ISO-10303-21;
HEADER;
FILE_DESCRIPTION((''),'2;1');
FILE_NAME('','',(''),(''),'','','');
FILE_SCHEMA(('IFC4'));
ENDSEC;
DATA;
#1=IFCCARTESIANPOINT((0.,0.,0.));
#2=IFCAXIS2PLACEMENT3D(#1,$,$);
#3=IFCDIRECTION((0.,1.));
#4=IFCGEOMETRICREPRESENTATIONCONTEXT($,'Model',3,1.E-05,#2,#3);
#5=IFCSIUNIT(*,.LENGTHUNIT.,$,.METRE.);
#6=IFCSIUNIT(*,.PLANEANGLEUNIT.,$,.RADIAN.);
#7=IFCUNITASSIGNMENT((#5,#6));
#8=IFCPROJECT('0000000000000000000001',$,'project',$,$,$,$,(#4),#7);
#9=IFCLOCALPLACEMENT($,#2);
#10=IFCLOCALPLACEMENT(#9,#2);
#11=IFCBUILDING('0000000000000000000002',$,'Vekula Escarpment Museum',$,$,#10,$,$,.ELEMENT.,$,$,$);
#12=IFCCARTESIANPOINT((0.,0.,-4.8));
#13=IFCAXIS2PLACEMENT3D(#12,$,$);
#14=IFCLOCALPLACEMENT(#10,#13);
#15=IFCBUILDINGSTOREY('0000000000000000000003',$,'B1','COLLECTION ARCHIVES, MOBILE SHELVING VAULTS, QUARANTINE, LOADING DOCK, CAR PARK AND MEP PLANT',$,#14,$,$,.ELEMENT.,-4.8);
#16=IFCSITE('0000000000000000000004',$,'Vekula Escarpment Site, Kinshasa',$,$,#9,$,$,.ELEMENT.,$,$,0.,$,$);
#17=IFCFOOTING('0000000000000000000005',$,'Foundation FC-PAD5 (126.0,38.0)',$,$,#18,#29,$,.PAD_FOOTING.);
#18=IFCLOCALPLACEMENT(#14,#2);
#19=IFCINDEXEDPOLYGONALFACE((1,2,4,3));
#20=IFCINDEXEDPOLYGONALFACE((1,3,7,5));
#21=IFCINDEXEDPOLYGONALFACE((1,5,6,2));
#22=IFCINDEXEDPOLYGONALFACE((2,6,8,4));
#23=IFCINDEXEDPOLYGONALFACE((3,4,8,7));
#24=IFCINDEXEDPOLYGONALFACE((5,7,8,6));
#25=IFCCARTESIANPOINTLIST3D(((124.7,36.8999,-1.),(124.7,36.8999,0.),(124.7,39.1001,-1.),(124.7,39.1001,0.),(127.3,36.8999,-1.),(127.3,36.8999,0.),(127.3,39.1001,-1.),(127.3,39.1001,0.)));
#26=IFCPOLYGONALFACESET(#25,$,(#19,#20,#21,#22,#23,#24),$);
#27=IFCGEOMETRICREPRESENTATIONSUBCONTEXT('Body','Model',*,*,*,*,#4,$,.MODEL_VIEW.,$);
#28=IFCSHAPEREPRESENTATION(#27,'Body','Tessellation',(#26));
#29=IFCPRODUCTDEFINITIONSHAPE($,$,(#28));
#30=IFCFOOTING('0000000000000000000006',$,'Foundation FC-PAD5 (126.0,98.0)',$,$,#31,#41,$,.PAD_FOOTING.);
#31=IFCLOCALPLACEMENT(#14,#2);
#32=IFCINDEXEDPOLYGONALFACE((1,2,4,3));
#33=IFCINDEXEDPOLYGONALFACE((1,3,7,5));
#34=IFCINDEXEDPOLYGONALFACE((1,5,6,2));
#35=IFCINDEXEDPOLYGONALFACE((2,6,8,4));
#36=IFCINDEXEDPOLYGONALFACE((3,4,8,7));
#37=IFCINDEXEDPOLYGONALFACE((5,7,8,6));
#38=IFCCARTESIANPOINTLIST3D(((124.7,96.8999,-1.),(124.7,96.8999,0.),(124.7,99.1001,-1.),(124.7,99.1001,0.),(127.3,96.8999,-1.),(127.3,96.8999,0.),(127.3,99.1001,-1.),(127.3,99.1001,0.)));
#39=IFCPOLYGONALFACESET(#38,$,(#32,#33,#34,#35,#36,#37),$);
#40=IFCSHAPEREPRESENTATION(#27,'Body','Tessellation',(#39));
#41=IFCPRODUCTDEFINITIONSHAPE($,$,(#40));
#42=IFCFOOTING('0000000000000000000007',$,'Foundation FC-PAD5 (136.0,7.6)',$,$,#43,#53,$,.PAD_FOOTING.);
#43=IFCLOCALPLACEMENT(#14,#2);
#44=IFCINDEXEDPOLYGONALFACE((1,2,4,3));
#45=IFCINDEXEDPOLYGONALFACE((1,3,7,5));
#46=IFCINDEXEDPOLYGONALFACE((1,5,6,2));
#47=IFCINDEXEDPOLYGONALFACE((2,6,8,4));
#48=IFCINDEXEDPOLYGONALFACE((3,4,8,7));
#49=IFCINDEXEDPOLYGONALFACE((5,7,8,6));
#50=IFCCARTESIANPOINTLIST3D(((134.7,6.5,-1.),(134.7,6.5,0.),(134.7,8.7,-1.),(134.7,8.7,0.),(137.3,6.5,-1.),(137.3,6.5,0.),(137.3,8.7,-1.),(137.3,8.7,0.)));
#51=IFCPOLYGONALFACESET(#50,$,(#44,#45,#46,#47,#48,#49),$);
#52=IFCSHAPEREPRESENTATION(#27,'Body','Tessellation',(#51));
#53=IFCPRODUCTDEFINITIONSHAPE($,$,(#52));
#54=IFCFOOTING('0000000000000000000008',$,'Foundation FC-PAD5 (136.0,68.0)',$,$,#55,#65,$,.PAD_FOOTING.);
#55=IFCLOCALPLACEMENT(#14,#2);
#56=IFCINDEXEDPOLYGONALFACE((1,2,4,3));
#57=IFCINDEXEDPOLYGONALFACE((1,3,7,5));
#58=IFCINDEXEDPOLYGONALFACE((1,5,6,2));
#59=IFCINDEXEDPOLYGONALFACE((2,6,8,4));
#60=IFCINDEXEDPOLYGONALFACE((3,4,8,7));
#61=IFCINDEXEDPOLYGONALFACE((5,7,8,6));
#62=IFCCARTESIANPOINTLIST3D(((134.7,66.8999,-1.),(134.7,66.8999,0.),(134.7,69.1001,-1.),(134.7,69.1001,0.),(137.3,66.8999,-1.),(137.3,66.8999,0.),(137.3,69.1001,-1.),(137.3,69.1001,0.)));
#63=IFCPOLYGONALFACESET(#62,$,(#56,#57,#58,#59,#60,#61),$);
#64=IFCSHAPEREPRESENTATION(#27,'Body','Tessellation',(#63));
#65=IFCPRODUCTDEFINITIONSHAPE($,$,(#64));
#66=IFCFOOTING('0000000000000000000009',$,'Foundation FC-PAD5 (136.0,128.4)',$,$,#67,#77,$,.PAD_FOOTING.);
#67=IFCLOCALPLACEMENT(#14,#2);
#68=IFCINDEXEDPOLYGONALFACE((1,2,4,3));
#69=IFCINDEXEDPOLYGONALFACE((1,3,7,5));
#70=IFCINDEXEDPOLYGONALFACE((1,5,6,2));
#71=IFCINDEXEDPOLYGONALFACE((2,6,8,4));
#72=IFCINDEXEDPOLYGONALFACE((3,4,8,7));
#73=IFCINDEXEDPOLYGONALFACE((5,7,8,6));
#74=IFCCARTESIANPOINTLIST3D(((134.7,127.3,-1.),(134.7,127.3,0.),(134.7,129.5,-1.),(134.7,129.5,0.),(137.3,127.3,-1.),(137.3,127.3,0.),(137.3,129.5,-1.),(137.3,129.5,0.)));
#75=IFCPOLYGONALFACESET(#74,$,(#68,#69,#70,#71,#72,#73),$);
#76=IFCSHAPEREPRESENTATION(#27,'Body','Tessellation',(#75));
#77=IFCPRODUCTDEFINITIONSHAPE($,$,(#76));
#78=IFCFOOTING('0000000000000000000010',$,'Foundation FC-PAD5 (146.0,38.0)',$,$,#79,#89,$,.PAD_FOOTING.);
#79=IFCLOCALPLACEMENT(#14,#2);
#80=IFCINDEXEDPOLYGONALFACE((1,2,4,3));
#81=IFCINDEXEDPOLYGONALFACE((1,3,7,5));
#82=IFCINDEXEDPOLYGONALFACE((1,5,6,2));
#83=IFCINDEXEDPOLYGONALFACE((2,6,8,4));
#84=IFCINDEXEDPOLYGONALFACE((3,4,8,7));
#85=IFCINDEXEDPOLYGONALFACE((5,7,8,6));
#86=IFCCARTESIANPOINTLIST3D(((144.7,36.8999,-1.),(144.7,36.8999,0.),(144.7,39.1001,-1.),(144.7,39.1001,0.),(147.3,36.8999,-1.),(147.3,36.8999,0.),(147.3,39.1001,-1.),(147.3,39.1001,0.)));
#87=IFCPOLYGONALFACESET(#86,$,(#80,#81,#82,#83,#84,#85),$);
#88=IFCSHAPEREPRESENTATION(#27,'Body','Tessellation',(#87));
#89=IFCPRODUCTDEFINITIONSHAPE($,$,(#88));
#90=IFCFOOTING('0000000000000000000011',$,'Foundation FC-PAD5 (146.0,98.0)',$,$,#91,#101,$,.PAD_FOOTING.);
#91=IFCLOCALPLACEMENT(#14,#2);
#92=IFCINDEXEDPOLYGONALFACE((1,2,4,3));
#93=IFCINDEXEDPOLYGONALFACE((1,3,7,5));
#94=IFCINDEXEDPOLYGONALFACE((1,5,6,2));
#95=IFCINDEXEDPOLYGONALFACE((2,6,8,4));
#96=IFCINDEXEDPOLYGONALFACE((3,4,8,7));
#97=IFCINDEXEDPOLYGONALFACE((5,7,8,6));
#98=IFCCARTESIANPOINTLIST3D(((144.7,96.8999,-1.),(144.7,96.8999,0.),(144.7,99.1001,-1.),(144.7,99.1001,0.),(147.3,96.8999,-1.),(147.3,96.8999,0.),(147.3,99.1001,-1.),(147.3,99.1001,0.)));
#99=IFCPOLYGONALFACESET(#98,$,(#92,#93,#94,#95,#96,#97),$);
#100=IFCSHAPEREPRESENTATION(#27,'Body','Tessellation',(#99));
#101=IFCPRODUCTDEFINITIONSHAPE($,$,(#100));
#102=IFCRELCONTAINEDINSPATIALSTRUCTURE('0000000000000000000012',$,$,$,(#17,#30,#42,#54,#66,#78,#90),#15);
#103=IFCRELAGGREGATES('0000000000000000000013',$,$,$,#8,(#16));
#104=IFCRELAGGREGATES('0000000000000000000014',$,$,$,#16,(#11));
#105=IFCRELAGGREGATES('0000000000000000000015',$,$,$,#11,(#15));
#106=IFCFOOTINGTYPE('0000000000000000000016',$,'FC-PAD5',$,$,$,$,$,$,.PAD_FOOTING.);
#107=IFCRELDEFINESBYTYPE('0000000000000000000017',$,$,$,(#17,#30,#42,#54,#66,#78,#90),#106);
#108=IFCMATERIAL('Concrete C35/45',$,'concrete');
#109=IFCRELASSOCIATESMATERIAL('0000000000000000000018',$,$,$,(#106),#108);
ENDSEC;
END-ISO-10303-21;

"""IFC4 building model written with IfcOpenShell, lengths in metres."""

from ifc_helpers import new_model, si_unit, direction, frame, origin, place, context, subcontext, project, spatial, polyline, outline, extrude, material, type_object, element, save


model = new_model("IFC4")

# Units and contexts
model_context = context("Model", 3, precision=1e-05, world=origin(), true_north=direction((0.0, 1.0)))
body_context = subcontext(model_context, "Body", "Model", "MODEL_VIEW")
ifc_project = project(units=[si_unit("LENGTHUNIT", "METRE"), si_unit("PLANEANGLEUNIT", "RADIAN")], contexts=[model_context])

# Site, building, storey
site_placement = place(None, origin())
site = spatial("IfcSite", under=ifc_project, at=site_placement, Name="Vekula Escarpment Site, Kinshasa", CompositionType="ELEMENT", RefElevation=0.0)
building_placement = place(site_placement, origin())
building = spatial("IfcBuilding", under=site, at=building_placement, Name="Vekula Escarpment Museum", CompositionType="ELEMENT")
storey_placement = place(building_placement, frame((0.0, 0.0, -4.8)))
storey = spatial("IfcBuildingStorey", under=building, at=storey_placement, Name="B1", Description="COLLECTION ARCHIVES, MOBILE SHELVING VAULTS, QUARANTINE, LOADING DOCK, CAR PARK AND MEP PLANT", CompositionType="ELEMENT", Elevation=-4.8)

# Footings
ifc_material = material(Name="Concrete C35/45", Category="concrete")
footing_type = type_object("IfcFootingType", Name="FC-PAD5", PredefinedType="PAD_FOOTING", material=ifc_material)
footing_1_placement = place(storey_placement, frame((0.0, 0.0, -1.0)))
element("IfcFooting", 1, at=footing_1_placement, inside=storey, type_object=footing_type, Name="Foundation FC-PAD5 (126.0,38.0)", PredefinedType="PAD_FOOTING", context=body_context, shape_type="SweptSolid", body=[
    extrude(outline(polyline([(124.7, 36.8999), (127.3, 36.8999), (127.3, 39.1001), (124.7, 39.1001), (124.7, 36.8999)])), origin(), (0.0, 0.0, 1.0), 1.0),
])
footing_2_placement = place(storey_placement, frame((0.0, 0.0, -1.0)))
element("IfcFooting", 2, at=footing_2_placement, inside=storey, type_object=footing_type, Name="Foundation FC-PAD5 (126.0,98.0)", PredefinedType="PAD_FOOTING", context=body_context, shape_type="SweptSolid", body=[
    extrude(outline(polyline([(124.7, 96.8999), (127.3, 96.8999), (127.3, 99.1001), (124.7, 99.1001), (124.7, 96.8999)])), origin(), (0.0, 0.0, 1.0), 1.0),
])
footing_3_placement = place(storey_placement, frame((0.0, 0.0, -1.0)))
element("IfcFooting", 3, at=footing_3_placement, inside=storey, type_object=footing_type, Name="Foundation FC-PAD5 (136.0,7.6)", PredefinedType="PAD_FOOTING", context=body_context, shape_type="SweptSolid", body=[
    extrude(outline(polyline([(134.7, 6.5), (137.3, 6.5), (137.3, 8.7), (134.7, 8.7), (134.7, 6.5)])), origin(), (0.0, 0.0, 1.0), 1.0),
])
footing_4_placement = place(storey_placement, frame((0.0, 0.0, -1.0)))
element("IfcFooting", 4, at=footing_4_placement, inside=storey, type_object=footing_type, Name="Foundation FC-PAD5 (136.0,68.0)", PredefinedType="PAD_FOOTING", context=body_context, shape_type="SweptSolid", body=[
    extrude(outline(polyline([(134.7, 66.8999), (137.3, 66.8999), (137.3, 69.1001), (134.7, 69.1001), (134.7, 66.8999)])), origin(), (0.0, 0.0, 1.0), 1.0),
])
footing_5_placement = place(storey_placement, frame((0.0, 0.0, -1.0)))
element("IfcFooting", 5, at=footing_5_placement, inside=storey, type_object=footing_type, Name="Foundation FC-PAD5 (136.0,128.4)", PredefinedType="PAD_FOOTING", context=body_context, shape_type="SweptSolid", body=[
    extrude(outline(polyline([(134.7, 127.3), (137.3, 127.3), (137.3, 129.5), (134.7, 129.5), (134.7, 127.3)])), origin(), (0.0, 0.0, 1.0), 1.0),
])
footing_6_placement = place(storey_placement, frame((0.0, 0.0, -1.0)))
element("IfcFooting", 6, at=footing_6_placement, inside=storey, type_object=footing_type, Name="Foundation FC-PAD5 (146.0,38.0)", PredefinedType="PAD_FOOTING", context=body_context, shape_type="SweptSolid", body=[
    extrude(outline(polyline([(144.7, 36.8999), (147.3, 36.8999), (147.3, 39.1001), (144.7, 39.1001), (144.7, 36.8999)])), origin(), (0.0, 0.0, 1.0), 1.0),
])
footing_7_placement = place(storey_placement, frame((0.0, 0.0, -1.0)))
element("IfcFooting", 7, at=footing_7_placement, inside=storey, type_object=footing_type, Name="Foundation FC-PAD5 (146.0,98.0)", PredefinedType="PAD_FOOTING", context=body_context, shape_type="SweptSolid", body=[
    extrude(outline(polyline([(144.7, 96.8999), (147.3, 96.8999), (147.3, 99.1001), (144.7, 99.1001), (144.7, 96.8999)])), origin(), (0.0, 0.0, 1.0), 1.0),
])

save(model, "model.ifc")
